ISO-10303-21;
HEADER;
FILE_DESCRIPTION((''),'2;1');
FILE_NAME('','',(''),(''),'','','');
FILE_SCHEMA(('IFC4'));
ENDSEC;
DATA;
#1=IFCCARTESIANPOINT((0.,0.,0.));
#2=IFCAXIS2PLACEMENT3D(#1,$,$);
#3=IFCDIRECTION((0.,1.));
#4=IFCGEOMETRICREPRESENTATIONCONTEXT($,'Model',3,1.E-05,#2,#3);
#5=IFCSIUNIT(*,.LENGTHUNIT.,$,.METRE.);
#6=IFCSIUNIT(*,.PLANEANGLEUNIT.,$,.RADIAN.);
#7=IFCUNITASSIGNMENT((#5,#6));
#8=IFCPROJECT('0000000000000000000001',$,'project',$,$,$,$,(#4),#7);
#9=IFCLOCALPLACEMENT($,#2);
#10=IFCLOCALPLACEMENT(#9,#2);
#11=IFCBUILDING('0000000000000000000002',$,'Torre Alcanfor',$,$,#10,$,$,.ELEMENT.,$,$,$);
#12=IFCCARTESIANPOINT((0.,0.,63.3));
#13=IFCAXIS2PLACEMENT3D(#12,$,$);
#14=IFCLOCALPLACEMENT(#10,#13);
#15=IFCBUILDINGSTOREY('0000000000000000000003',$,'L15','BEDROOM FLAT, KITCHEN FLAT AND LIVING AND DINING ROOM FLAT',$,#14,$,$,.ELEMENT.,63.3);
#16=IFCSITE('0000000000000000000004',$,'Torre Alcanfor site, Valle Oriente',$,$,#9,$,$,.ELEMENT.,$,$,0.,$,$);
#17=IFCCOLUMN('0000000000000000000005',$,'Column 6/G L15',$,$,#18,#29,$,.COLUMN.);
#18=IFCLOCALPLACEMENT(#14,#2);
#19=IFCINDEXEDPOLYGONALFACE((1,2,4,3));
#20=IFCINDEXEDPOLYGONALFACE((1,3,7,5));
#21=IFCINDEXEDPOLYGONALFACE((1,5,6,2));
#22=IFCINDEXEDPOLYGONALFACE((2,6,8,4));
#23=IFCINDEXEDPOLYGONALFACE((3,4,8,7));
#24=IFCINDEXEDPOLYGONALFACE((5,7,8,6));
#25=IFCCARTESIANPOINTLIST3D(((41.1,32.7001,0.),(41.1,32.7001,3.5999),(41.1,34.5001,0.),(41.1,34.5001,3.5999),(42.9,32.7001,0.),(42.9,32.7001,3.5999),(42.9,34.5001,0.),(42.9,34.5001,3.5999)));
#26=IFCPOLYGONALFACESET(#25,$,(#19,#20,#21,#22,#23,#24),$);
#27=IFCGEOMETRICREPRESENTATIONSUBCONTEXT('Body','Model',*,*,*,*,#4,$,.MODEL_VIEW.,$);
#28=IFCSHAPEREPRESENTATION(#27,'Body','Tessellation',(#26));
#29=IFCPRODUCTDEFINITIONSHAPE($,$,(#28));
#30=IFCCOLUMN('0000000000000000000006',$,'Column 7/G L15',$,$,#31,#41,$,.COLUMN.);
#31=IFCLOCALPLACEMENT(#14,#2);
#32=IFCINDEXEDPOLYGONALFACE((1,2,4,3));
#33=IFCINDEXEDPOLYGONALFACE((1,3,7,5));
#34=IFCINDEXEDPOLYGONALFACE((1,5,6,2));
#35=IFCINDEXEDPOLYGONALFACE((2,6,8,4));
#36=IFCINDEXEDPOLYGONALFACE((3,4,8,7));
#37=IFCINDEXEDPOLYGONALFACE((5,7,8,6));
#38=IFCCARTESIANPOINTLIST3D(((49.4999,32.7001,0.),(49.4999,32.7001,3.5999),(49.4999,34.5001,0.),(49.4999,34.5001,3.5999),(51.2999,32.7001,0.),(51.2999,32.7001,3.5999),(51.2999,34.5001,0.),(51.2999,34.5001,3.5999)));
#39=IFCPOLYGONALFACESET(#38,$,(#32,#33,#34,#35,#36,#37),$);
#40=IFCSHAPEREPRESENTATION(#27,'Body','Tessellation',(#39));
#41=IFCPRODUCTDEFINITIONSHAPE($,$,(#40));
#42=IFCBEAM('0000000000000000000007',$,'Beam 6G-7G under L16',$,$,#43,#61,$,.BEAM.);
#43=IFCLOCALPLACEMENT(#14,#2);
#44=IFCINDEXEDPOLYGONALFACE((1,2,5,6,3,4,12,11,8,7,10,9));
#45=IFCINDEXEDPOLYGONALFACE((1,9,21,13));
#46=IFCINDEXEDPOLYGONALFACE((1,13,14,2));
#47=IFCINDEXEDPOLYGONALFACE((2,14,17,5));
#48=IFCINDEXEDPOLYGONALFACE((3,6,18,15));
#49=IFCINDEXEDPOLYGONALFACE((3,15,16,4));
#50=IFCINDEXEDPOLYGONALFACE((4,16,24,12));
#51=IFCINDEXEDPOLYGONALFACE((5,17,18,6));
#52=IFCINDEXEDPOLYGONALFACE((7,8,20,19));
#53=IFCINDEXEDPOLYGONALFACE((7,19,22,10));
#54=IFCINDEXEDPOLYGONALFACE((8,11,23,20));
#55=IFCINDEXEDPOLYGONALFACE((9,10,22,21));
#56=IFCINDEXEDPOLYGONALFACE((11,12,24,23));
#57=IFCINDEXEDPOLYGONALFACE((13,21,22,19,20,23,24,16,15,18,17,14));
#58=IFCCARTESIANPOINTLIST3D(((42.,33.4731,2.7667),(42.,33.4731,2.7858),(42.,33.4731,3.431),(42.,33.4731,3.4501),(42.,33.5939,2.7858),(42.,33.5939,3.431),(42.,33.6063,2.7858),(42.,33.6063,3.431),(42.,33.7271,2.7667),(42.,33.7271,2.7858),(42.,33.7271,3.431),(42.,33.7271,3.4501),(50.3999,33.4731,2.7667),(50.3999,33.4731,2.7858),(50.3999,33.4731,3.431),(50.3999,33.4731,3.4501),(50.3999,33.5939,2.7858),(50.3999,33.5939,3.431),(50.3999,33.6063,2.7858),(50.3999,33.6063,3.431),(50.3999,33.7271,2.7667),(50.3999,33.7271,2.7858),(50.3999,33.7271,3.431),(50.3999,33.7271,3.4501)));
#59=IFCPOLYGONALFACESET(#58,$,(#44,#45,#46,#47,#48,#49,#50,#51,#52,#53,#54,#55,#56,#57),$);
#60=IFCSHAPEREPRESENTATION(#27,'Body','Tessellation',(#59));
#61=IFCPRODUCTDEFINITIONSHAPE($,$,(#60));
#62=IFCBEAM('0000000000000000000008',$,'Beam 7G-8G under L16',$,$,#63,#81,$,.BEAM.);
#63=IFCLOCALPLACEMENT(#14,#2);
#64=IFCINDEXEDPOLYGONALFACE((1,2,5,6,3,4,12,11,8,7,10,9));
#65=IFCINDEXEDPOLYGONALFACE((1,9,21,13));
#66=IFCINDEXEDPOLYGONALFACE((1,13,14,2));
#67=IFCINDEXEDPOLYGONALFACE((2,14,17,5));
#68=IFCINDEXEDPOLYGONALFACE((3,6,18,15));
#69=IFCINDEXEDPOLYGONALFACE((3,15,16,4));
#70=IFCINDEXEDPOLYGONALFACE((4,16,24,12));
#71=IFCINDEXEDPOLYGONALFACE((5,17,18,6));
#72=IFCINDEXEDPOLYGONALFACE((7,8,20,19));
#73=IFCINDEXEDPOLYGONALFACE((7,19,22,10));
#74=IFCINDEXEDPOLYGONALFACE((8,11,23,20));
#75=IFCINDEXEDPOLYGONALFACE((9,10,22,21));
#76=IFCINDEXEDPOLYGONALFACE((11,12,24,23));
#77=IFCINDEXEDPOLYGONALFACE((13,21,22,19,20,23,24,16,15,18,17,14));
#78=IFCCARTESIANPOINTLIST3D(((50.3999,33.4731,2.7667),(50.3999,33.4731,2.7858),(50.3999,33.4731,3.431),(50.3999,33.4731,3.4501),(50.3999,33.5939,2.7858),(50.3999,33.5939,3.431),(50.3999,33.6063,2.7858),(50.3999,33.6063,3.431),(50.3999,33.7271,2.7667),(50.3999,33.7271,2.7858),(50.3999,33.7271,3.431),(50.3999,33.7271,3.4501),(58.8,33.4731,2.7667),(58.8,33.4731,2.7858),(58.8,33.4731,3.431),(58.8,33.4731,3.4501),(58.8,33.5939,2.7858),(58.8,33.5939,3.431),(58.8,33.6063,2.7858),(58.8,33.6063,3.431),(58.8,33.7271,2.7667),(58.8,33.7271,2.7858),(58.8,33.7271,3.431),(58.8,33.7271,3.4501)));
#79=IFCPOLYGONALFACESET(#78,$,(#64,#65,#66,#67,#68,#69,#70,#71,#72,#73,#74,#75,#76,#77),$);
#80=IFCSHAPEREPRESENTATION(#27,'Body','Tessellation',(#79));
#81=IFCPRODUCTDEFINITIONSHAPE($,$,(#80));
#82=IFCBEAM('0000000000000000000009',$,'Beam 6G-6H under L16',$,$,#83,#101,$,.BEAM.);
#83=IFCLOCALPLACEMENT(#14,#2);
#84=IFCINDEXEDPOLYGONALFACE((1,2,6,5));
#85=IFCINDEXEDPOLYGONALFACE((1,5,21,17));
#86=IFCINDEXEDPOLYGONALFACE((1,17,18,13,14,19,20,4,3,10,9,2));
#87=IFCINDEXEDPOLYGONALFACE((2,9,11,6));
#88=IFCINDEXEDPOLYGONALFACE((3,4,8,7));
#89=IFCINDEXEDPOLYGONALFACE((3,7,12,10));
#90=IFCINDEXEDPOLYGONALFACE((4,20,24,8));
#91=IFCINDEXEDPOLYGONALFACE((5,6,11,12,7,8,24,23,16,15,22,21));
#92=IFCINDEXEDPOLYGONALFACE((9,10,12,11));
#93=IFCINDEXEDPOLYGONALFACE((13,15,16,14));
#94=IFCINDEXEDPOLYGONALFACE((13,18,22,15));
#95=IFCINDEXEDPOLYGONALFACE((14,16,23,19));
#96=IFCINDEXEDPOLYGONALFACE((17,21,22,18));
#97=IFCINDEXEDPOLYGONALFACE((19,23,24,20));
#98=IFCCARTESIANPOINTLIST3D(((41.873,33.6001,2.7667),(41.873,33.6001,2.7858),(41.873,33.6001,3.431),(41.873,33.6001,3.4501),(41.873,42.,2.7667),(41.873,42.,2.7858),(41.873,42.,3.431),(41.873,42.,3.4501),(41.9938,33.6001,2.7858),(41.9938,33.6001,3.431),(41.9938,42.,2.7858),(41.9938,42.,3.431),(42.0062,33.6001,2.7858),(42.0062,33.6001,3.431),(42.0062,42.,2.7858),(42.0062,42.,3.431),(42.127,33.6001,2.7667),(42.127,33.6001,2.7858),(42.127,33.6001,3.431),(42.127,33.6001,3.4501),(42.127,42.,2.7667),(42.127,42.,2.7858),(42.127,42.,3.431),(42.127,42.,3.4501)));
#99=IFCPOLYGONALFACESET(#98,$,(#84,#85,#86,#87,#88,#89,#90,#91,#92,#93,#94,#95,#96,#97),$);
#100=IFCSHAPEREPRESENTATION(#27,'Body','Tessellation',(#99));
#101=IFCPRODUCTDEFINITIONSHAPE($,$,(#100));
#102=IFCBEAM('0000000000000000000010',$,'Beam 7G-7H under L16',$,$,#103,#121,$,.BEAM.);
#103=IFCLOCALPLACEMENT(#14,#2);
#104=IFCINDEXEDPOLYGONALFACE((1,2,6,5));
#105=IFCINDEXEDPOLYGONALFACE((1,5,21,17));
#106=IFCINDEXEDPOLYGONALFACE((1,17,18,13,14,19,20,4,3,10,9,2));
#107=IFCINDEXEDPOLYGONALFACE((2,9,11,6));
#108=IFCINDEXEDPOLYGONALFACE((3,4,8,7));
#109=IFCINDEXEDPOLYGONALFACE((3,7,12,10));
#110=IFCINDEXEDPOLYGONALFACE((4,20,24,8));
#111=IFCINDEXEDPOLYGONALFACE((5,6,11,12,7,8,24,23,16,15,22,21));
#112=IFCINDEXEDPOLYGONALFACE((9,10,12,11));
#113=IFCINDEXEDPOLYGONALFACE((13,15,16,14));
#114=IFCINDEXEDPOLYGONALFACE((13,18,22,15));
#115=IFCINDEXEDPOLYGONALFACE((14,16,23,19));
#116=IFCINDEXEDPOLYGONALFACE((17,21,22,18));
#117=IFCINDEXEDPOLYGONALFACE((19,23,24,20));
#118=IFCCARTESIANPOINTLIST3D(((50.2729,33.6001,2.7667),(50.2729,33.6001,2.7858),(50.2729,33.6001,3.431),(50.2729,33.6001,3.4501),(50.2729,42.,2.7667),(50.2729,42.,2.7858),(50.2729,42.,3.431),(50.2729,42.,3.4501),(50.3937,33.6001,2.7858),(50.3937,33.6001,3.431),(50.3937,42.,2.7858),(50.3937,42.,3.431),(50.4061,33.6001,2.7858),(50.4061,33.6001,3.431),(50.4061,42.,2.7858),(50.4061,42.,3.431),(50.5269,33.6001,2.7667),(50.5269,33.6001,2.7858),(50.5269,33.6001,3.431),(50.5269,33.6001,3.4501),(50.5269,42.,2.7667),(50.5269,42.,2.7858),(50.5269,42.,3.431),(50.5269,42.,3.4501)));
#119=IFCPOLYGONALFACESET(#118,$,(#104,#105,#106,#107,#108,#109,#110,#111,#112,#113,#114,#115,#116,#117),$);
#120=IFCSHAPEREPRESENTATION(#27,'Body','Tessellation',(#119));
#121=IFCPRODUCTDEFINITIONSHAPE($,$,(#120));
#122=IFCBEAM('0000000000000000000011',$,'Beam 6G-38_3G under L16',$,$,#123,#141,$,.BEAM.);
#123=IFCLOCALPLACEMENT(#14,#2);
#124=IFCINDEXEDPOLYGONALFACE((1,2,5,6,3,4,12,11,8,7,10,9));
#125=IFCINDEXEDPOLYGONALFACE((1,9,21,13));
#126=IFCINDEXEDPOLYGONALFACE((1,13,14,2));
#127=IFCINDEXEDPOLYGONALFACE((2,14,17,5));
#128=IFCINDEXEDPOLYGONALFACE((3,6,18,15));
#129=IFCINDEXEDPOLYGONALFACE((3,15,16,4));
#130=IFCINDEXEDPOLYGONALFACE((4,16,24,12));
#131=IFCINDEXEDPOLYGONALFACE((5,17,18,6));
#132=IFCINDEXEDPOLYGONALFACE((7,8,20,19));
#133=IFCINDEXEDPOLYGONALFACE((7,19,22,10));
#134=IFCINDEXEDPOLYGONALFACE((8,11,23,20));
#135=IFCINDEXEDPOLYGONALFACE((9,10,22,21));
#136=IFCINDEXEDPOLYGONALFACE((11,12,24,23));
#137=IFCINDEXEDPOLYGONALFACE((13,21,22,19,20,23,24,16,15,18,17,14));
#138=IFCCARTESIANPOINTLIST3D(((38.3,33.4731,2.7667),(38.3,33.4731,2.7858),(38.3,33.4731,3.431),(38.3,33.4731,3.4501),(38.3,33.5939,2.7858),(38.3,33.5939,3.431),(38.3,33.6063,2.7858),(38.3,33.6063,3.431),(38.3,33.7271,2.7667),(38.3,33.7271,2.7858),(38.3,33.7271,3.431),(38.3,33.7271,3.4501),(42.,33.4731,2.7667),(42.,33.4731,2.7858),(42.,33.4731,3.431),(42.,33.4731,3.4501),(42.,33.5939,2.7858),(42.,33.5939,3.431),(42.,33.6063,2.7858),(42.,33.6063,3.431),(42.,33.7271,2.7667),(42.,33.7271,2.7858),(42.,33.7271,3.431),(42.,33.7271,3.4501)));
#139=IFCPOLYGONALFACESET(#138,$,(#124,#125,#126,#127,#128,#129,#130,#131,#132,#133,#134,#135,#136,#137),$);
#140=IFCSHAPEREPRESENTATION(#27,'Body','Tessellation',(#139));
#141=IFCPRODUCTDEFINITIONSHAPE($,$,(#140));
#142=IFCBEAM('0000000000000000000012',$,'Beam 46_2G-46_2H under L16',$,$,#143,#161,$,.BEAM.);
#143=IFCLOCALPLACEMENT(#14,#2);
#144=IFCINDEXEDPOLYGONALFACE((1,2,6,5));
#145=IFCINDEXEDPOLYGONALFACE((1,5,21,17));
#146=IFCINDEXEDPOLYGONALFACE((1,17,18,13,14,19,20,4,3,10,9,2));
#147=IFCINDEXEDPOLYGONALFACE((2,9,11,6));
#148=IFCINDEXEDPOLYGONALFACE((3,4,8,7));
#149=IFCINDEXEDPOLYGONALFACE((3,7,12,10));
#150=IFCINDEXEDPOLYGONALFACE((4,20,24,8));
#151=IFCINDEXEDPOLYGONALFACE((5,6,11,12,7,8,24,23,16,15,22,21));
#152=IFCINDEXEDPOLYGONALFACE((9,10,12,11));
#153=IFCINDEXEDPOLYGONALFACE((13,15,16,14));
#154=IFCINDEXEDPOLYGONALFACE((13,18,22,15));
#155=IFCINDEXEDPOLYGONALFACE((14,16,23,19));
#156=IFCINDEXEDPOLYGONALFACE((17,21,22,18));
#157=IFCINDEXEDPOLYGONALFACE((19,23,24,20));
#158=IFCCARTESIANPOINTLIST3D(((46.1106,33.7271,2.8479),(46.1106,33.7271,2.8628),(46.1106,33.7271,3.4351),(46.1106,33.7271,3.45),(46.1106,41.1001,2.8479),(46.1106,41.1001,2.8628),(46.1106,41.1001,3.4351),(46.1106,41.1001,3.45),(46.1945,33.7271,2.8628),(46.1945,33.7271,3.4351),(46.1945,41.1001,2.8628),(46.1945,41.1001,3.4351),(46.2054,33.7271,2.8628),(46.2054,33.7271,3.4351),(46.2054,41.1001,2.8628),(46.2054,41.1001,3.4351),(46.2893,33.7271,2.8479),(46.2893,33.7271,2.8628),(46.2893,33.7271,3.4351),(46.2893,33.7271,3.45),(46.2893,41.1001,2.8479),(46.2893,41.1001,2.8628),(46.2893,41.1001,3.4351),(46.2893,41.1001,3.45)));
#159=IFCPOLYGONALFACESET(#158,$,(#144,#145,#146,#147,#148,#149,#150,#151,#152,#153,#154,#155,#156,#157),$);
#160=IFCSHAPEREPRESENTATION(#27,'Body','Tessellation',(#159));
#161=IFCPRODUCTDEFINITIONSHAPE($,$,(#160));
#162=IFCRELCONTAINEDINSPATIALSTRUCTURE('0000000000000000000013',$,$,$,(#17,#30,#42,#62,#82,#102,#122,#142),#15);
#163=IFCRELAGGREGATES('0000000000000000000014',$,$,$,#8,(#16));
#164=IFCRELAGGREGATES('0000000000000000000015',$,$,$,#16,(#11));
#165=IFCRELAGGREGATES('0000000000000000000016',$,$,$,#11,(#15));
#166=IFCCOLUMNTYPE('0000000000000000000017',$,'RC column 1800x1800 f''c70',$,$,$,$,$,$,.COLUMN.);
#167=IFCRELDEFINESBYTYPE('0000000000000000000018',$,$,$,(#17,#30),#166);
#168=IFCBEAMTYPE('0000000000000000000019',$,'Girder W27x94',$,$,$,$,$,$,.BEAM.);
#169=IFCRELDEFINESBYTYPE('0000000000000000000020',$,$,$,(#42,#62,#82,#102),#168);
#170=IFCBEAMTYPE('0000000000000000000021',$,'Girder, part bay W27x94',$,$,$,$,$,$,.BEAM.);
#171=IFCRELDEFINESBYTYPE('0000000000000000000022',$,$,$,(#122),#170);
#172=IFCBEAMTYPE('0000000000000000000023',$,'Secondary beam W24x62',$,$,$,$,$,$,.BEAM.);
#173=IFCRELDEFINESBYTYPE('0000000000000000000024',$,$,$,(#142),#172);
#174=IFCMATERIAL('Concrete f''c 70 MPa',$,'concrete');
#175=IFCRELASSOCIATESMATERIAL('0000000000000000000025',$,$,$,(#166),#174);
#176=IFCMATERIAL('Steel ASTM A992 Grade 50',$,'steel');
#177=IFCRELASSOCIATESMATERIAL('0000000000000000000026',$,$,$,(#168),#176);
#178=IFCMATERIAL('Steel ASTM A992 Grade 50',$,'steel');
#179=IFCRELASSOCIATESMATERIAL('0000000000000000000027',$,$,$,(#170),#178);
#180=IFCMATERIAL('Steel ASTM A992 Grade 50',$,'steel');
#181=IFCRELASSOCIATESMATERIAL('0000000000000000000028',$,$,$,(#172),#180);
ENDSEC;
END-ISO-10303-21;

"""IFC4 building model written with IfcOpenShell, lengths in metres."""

from ifc_helpers import new_model, si_unit, direction, frame, origin, origin_2d, place, context, subcontext, project, spatial, rectangle, i_section, extrude, material, material_profile, profile_set, type_object, element, save


model = new_model("IFC4")

# Units and contexts
model_context = context("Model", 3, precision=1e-05, world=origin(), true_north=direction((0.0, 1.0)))
body_context = subcontext(model_context, "Body", "Model", "MODEL_VIEW")
ifc_project = project(units=[si_unit("LENGTHUNIT", "METRE"), si_unit("PLANEANGLEUNIT", "RADIAN")], contexts=[model_context])

# Site, building, storey
site_placement = place(None, origin())
site = spatial("IfcSite", under=ifc_project, at=site_placement, Name="Torre Alcanfor site, Valle Oriente", CompositionType="ELEMENT", RefElevation=0.0)
building_placement = place(site_placement, origin())
building = spatial("IfcBuilding", under=site, at=building_placement, Name="Torre Alcanfor", CompositionType="ELEMENT")
storey_placement = place(building_placement, frame((0.0, 0.0, 63.3)))
storey = spatial("IfcBuildingStorey", under=building, at=storey_placement, Name="L15", Description="BEDROOM FLAT, KITCHEN FLAT AND LIVING AND DINING ROOM FLAT", CompositionType="ELEMENT", Elevation=63.3)

# Columns
ifc_material_1 = material(Name="Concrete f'c 70 MPa", Category="concrete")
ifc_material_profile_1 = material_profile(ifc_material_1, rectangle(XDim=1.8, YDim=1.8, at=origin_2d()), Name="1800x1800")
ifc_profile_set_1 = profile_set([ifc_material_profile_1], Name="Concrete f'c 70 MPa")
column_type = type_object("IfcColumnType", Name="RC column 1800x1800 f'c70", PredefinedType="COLUMN", material=ifc_profile_set_1)
for number, where, z_axis, x_axis, name in (
    (1, (42.0, 33.6001, 0.0), (0.0, 0.0, 1.0), (1.0, 0.0, 0.0), "Column 6/G L15"),
    (2, (50.3999, 33.6001, 0.0), (0.0, 0.0, 1.0), (1.0, 0.0, 0.0), "Column 7/G L15"),
):
    element("IfcColumn", number, at=place(storey_placement, frame(where, z_axis=z_axis, x_axis=x_axis)), inside=storey, type_object=column_type, Name=name, PredefinedType="COLUMN", context=body_context, shape_type="SweptSolid", body=[
        extrude(rectangle(XDim=1.8, YDim=1.8, at=origin_2d()), origin(), (0.0, 0.0, 1.0), 3.5999),
    ])

# Beams
ifc_material_2 = material(Name="Steel ASTM A992 Grade 50", Category="steel")
ifc_material_profile_2 = material_profile(ifc_material_2, i_section(OverallWidth=0.2539, OverallDepth=0.6833, WebThickness=0.0125, FlangeThickness=0.019, at=origin_2d()), Name="W27x94")
ifc_profile_set_2 = profile_set([ifc_material_profile_2], Name="Steel ASTM A992 Grade 50")
beam_type_1 = type_object("IfcBeamType", Name="Girder W27x94", PredefinedType="BEAM", material=ifc_profile_set_2)
beam_1_placement = place(storey_placement, frame((42.0, 33.6001, 3.1084), z_axis=(1.0, 0.0, 0.0), x_axis=(0.0, 1.0, 0.0)))
element("IfcBeam", 3, at=beam_1_placement, inside=storey, type_object=beam_type_1, Name="Beam 6G-7G under L16", PredefinedType="BEAM", context=body_context, shape_type="SweptSolid", body=[
    extrude(i_section(OverallWidth=0.2539, OverallDepth=0.6833, WebThickness=0.0125, FlangeThickness=0.019, at=origin_2d()), origin(), (0.0, 0.0, 1.0), 8.3999),
])
beam_2_placement = place(storey_placement, frame((50.3999, 33.6001, 3.1084), z_axis=(1.0, 0.0, 0.0), x_axis=(0.0, 1.0, 0.0)))
element("IfcBeam", 4, at=beam_2_placement, inside=storey, type_object=beam_type_1, Name="Beam 7G-8G under L16", PredefinedType="BEAM", context=body_context, shape_type="SweptSolid", body=[
    extrude(i_section(OverallWidth=0.2539, OverallDepth=0.6833, WebThickness=0.0125, FlangeThickness=0.019, at=origin_2d()), origin(), (0.0, 0.0, 1.0), 8.4001),
])
for number, where, z_axis, x_axis, name in (
    (5, (42.0, 33.6001, 3.1084), (0.0, 1.0, 0.0), (-1.0, 0.0, 0.0), "Beam 6G-6H under L16"),
    (6, (50.3999, 33.6001, 3.1084), (0.0, 1.0, 0.0), (-1.0, 0.0, 0.0), "Beam 7G-7H under L16"),
):
    element("IfcBeam", number, at=place(storey_placement, frame(where, z_axis=z_axis, x_axis=x_axis)), inside=storey, type_object=beam_type_1, Name=name, PredefinedType="BEAM", context=body_context, shape_type="SweptSolid", body=[
        extrude(i_section(OverallWidth=0.2539, OverallDepth=0.6833, WebThickness=0.0125, FlangeThickness=0.019, at=origin_2d()), origin(), (0.0, 0.0, 1.0), 8.3999),
    ])
ifc_material_3 = material(Name="Steel ASTM A992 Grade 50", Category="steel")
ifc_material_profile_3 = material_profile(ifc_material_3, i_section(OverallWidth=0.2539, OverallDepth=0.6833, WebThickness=0.0125, FlangeThickness=0.019, at=origin_2d()), Name="W27x94")
ifc_profile_set_3 = profile_set([ifc_material_profile_3], Name="Steel ASTM A992 Grade 50")
beam_type_2 = type_object("IfcBeamType", Name="Girder, part bay W27x94", PredefinedType="BEAM", material=ifc_profile_set_3)
beam_3_placement = place(storey_placement, frame((42.0, 33.6001, 3.1084), z_axis=(-1.0, 0.0, 0.0), x_axis=(0.0, -1.0, 0.0)))
element("IfcBeam", 7, at=beam_3_placement, inside=storey, type_object=beam_type_2, Name="Beam 6G-38_3G under L16", PredefinedType="BEAM", context=body_context, shape_type="SweptSolid", body=[
    extrude(i_section(OverallWidth=0.2539, OverallDepth=0.6833, WebThickness=0.0125, FlangeThickness=0.019, at=origin_2d()), origin(), (0.0, 0.0, 1.0), 3.7),
])
ifc_material_4 = material(Name="Steel ASTM A992 Grade 50", Category="steel")
ifc_material_profile_4 = material_profile(ifc_material_4, i_section(OverallWidth=0.1787, OverallDepth=0.6021, WebThickness=0.011, FlangeThickness=0.0149, at=origin_2d()), Name="W24x62")
ifc_profile_set_4 = profile_set([ifc_material_profile_4], Name="Steel ASTM A992 Grade 50")
beam_type_3 = type_object("IfcBeamType", Name="Secondary beam W24x62", PredefinedType="BEAM", material=ifc_profile_set_4)
beam_4_placement = place(storey_placement, frame((46.2, 33.7271, 3.1489), z_axis=(0.0, 1.0, 0.0), x_axis=(-1.0, 0.0, 0.0)))
element("IfcBeam", 8, at=beam_4_placement, inside=storey, type_object=beam_type_3, Name="Beam 46_2G-46_2H under L16", PredefinedType="BEAM", context=body_context, shape_type="SweptSolid", body=[
    extrude(i_section(OverallWidth=0.1787, OverallDepth=0.6021, WebThickness=0.011, FlangeThickness=0.0149, at=origin_2d()), origin(), (0.0, 0.0, 1.0), 7.373),
])

save(model, "model.ifc")
